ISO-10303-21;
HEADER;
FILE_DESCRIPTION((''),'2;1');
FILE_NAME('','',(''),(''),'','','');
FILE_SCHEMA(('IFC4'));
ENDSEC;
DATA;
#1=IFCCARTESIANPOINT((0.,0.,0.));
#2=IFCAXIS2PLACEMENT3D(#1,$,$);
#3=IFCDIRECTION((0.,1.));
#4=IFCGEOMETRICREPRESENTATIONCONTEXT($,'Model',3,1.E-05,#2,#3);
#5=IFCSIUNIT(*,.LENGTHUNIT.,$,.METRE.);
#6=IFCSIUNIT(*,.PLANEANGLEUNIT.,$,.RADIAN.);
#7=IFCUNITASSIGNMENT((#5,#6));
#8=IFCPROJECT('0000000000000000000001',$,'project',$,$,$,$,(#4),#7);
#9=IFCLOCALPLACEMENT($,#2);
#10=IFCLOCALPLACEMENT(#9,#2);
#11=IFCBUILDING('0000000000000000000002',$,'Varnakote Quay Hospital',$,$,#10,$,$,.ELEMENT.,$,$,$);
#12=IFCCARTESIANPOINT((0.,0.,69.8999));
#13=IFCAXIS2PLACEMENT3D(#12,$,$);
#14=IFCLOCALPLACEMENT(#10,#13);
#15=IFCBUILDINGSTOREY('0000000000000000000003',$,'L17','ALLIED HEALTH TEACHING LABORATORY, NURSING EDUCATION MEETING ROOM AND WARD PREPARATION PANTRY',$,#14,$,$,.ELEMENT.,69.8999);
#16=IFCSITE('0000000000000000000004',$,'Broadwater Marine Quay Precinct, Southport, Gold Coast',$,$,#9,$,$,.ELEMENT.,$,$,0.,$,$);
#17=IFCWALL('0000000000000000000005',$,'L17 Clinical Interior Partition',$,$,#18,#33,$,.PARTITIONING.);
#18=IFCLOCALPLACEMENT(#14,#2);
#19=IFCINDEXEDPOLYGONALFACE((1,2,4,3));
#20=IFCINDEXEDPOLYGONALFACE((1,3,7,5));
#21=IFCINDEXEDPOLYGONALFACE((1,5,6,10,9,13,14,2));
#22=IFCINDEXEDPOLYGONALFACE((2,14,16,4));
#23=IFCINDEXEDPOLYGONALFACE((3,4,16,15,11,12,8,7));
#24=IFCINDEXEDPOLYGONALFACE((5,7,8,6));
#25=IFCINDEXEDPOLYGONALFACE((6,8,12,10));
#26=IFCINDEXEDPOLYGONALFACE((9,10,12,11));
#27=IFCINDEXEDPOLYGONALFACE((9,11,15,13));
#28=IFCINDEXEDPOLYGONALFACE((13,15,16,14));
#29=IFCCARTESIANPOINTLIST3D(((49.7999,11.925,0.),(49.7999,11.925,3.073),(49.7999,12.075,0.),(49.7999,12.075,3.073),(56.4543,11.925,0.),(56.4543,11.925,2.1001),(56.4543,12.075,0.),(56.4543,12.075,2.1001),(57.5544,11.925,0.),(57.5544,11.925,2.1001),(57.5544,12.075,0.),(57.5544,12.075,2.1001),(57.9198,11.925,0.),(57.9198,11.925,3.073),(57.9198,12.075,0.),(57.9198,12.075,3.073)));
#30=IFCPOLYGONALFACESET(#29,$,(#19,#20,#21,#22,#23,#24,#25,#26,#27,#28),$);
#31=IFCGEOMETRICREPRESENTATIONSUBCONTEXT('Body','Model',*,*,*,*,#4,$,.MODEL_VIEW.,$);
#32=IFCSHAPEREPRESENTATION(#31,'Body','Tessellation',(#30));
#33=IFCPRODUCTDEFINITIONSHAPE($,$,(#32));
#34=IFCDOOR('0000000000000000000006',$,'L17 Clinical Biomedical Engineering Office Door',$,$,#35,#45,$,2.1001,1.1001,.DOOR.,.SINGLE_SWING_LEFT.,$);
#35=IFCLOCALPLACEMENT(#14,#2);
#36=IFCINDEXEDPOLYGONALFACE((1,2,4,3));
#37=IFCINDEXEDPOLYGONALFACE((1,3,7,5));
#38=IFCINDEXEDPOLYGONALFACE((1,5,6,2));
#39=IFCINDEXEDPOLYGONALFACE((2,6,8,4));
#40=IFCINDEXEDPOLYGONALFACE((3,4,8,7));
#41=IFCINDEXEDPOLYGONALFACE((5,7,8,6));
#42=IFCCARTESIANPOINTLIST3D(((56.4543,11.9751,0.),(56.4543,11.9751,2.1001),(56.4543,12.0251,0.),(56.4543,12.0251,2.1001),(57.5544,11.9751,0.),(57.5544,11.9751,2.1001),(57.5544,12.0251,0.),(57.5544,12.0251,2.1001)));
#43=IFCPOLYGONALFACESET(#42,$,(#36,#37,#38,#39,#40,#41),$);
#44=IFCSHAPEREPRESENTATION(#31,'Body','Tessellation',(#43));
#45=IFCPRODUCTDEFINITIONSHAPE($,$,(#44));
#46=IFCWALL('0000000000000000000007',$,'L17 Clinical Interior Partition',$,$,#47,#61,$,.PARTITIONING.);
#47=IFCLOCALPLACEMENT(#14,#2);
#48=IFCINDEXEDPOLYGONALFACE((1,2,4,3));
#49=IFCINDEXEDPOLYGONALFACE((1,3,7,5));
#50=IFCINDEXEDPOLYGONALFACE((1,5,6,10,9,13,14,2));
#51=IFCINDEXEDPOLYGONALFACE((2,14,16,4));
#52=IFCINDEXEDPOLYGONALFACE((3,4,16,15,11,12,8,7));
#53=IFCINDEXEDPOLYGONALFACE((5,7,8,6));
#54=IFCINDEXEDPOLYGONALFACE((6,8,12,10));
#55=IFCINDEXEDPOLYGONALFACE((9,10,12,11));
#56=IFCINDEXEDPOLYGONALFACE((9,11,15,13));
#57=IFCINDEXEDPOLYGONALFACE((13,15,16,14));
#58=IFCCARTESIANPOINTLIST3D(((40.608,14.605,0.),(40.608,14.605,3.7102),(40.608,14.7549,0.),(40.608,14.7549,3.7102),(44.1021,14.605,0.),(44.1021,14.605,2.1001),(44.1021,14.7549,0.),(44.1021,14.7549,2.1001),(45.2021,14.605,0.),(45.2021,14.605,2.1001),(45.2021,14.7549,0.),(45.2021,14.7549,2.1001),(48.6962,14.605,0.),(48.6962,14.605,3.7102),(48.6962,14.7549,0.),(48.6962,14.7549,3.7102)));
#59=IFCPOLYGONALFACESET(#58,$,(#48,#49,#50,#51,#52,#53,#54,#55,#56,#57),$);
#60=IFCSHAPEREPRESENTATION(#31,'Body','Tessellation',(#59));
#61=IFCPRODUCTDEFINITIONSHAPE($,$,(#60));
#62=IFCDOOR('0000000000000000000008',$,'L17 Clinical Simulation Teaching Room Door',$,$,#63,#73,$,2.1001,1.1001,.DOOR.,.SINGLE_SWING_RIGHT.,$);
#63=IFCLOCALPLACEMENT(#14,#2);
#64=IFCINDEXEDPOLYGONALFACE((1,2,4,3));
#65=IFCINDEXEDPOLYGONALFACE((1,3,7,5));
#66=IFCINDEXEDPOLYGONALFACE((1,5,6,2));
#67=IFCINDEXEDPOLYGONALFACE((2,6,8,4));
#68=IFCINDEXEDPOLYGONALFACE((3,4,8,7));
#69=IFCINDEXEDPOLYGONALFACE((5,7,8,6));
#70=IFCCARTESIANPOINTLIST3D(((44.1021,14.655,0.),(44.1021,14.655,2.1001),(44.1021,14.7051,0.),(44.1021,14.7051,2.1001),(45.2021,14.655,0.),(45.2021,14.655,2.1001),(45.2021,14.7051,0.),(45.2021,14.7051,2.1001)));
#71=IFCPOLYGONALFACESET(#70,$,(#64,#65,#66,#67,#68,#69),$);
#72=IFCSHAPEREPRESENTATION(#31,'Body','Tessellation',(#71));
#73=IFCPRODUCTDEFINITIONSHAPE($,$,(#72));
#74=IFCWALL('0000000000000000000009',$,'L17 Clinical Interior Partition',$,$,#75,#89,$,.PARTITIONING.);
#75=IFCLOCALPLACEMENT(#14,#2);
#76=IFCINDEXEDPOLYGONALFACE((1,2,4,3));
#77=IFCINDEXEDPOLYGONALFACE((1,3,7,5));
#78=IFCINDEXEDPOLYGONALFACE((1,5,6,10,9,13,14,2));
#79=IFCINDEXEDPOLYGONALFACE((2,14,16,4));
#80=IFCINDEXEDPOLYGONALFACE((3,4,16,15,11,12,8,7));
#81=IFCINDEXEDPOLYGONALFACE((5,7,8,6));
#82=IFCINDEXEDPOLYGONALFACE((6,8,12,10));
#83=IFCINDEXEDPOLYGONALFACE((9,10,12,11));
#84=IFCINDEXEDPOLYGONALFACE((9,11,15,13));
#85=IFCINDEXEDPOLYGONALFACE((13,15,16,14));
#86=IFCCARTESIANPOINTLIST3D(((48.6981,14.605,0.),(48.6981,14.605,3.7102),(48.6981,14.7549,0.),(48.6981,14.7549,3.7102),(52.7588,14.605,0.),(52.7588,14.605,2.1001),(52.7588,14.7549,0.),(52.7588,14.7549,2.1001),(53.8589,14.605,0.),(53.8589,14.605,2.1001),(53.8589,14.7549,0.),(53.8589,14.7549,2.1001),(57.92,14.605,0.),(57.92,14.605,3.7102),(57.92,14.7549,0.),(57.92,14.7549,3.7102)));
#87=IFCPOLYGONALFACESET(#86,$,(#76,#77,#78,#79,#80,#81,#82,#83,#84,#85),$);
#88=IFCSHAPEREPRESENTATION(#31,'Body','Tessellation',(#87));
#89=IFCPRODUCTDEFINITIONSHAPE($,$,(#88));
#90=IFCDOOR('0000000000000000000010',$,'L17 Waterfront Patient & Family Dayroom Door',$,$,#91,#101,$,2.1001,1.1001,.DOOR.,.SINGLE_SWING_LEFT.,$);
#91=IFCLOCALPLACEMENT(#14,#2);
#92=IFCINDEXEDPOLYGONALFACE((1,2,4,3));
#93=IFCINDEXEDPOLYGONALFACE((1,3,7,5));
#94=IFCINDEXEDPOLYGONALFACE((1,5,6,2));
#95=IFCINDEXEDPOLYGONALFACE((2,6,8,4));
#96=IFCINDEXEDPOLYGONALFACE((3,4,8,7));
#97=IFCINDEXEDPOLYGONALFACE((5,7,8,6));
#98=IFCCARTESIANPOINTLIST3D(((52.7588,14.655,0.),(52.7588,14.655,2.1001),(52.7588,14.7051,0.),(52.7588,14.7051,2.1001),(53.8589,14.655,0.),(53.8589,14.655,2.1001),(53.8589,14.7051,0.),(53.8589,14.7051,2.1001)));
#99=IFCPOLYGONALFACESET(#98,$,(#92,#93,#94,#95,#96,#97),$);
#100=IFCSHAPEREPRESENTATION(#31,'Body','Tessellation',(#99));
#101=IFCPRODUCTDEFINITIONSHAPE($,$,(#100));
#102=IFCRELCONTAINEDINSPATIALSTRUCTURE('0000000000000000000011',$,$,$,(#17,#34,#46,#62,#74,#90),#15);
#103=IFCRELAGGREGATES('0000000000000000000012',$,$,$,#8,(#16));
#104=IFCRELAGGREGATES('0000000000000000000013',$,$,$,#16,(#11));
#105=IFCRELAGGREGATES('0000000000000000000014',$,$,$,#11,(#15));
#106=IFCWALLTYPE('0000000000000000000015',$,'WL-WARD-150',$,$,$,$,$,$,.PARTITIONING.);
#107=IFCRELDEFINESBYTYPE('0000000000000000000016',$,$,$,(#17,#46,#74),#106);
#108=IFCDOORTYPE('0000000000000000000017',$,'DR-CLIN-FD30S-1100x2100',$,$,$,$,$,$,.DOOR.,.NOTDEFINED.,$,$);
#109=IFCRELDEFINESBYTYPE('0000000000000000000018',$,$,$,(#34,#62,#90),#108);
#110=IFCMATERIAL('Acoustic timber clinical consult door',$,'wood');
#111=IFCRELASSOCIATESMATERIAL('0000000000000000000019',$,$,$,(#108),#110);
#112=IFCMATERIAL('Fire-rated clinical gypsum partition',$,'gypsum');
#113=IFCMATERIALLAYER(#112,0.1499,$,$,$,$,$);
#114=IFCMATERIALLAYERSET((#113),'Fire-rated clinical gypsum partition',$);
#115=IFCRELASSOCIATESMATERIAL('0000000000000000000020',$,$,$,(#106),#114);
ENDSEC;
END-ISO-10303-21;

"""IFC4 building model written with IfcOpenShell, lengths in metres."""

from ifc_helpers import new_model, si_unit, direction, frame, frame_2d, origin, place, context, subcontext, project, spatial, rectangle, extrude, material, layer, layer_set, type_object, element, fill, save


model = new_model("IFC4")

# Units and contexts
model_context = context("Model", 3, precision=1e-05, world=origin(), true_north=direction((0.0, 1.0)))
body_context = subcontext(model_context, "Body", "Model", "MODEL_VIEW")
ifc_project = project(units=[si_unit("LENGTHUNIT", "METRE"), si_unit("PLANEANGLEUNIT", "RADIAN")], contexts=[model_context])

# Site, building, storey
site_placement = place(None, origin())
site = spatial("IfcSite", under=ifc_project, at=site_placement, Name="Broadwater Marine Quay Precinct, Southport, Gold Coast", CompositionType="ELEMENT", RefElevation=0.0)
building_placement = place(site_placement, origin())
building = spatial("IfcBuilding", under=site, at=building_placement, Name="Varnakote Quay Hospital", CompositionType="ELEMENT")
storey_placement = place(building_placement, frame((0.0, 0.0, 69.8999)))
storey = spatial("IfcBuildingStorey", under=building, at=storey_placement, Name="L17", Description="ALLIED HEALTH TEACHING LABORATORY, NURSING EDUCATION MEETING ROOM AND WARD PREPARATION PANTRY", CompositionType="ELEMENT", Elevation=69.8999)

# Walls, openings, doors
ifc_material_1 = material(Name="Acoustic timber clinical consult door", Category="wood")
door_type_1 = type_object("IfcDoorType", Name="DR-CLIN-FD30S-1100x2100", OperationType="NOTDEFINED", PredefinedType="DOOR", material=ifc_material_1)
ifc_material_2 = material(Name="Fire-rated clinical gypsum partition", Category="gypsum")
ifc_layer_1 = layer(ifc_material_2, 0.1499)
ifc_layer_set_1 = layer_set([ifc_layer_1], Name="Fire-rated clinical gypsum partition")
wall_type_1 = type_object("IfcWallType", Name="WL-WARD-150", PredefinedType="PARTITIONING", material=ifc_layer_set_1)
wall_1_placement = place(storey_placement, frame((57.9199, 12.0, 0.0), z_axis=(0.0, 0.0, 1.0), x_axis=(-1.0, 0.0, 0.0)))
wall_1 = element("IfcWall", 1, at=wall_1_placement, inside=storey, type_object=wall_type_1, Name="L17 Clinical Interior Partition", PredefinedType="PARTITIONING", context=body_context, shape_type="SweptSolid", body=[
    extrude(rectangle(XDim=8.1199, YDim=0.1499, at=frame_2d((4.0601, 0.0))), origin(), (0.0, 0.0, 1.0), 3.073),
])
opening_1_placement = place(wall_1_placement, frame((0.3655, 0.0, 0.0)))
opening_1 = element("IfcOpeningElement", 2, at=opening_1_placement, cuts=wall_1, PredefinedType="OPENING", context=body_context, shape_type="SweptSolid", body=[
    extrude(rectangle(XDim=1.1001, YDim=2.1001, at=frame_2d((0.55, 1.05))), frame((0.0, 0.085, 0.0), z_axis=(0.0, -1.0, 0.0), x_axis=(1.0, 0.0, 0.0)), (0.0, 0.0, 1.0), 0.1699),
])
door_1_placement = place(opening_1_placement, origin())
door_1 = element("IfcDoor", 3, at=door_1_placement, inside=storey, type_object=door_type_1, Name="L17 Clinical Biomedical Engineering Office Door", OperationType="SINGLE_SWING_LEFT", OverallHeight=2.1001, OverallWidth=1.1001, PredefinedType="DOOR", context=body_context, shape_type="SweptSolid", body=[
    extrude(rectangle(XDim=1.1001, YDim=2.1001, at=frame_2d((0.55, 1.05))), frame((0.0, 0.0249, 0.0), z_axis=(0.0, -1.0, 0.0), x_axis=(1.0, 0.0, 0.0)), (0.0, 0.0, 1.0), 0.05),
])
fill(opening_1, door_1)
wall_2_placement = place(storey_placement, frame((48.696, 14.6799, 0.0), z_axis=(0.0, 0.0, 1.0), x_axis=(-1.0, 0.0, 0.0)))
wall_2 = element("IfcWall", 4, at=wall_2_placement, inside=storey, type_object=wall_type_1, Name="L17 Clinical Interior Partition", PredefinedType="PARTITIONING", context=body_context, shape_type="SweptSolid", body=[
    extrude(rectangle(XDim=8.0881, YDim=0.1499, at=frame_2d((4.0439, 0.0))), origin(), (0.0, 0.0, 1.0), 3.7102),
])
opening_2_placement = place(wall_2_placement, frame((3.4939, 0.0, 0.0)))
opening_2 = element("IfcOpeningElement", 5, at=opening_2_placement, cuts=wall_2, PredefinedType="OPENING", context=body_context, shape_type="SweptSolid", body=[
    extrude(rectangle(XDim=1.1001, YDim=2.1001, at=frame_2d((0.55, 1.05))), frame((0.0, 0.085, 0.0), z_axis=(0.0, -1.0, 0.0), x_axis=(1.0, 0.0, 0.0)), (0.0, 0.0, 1.0), 0.1699),
])
door_2_placement = place(opening_2_placement, origin())
door_2 = element("IfcDoor", 6, at=door_2_placement, inside=storey, type_object=door_type_1, Name="L17 Clinical Simulation Teaching Room Door", OperationType="SINGLE_SWING_RIGHT", OverallHeight=2.1001, OverallWidth=1.1001, PredefinedType="DOOR", context=body_context, shape_type="SweptSolid", body=[
    extrude(rectangle(XDim=1.1001, YDim=2.1001, at=frame_2d((0.55, 1.05))), frame((0.0, 0.0249, 0.0), z_axis=(0.0, -1.0, 0.0), x_axis=(1.0, 0.0, 0.0)), (0.0, 0.0, 1.0), 0.05),
])
fill(opening_2, door_2)
wall_3_placement = place(storey_placement, frame((57.9199, 14.6799, 0.0), z_axis=(0.0, 0.0, 1.0), x_axis=(-1.0, 0.0, 0.0)))
wall_3 = element("IfcWall", 7, at=wall_3_placement, inside=storey, type_object=wall_type_1, Name="L17 Clinical Interior Partition", PredefinedType="PARTITIONING", context=body_context, shape_type="SweptSolid", body=[
    extrude(rectangle(XDim=9.2219, YDim=0.1499, at=frame_2d((4.6108, 0.0))), origin(), (0.0, 0.0, 1.0), 3.7102),
])
opening_3_placement = place(wall_3_placement, frame((4.061, 0.0, 0.0)))
opening_3 = element("IfcOpeningElement", 8, at=opening_3_placement, cuts=wall_3, PredefinedType="OPENING", context=body_context, shape_type="SweptSolid", body=[
    extrude(rectangle(XDim=1.1001, YDim=2.1001, at=frame_2d((0.55, 1.05))), frame((0.0, 0.085, 0.0), z_axis=(0.0, -1.0, 0.0), x_axis=(1.0, 0.0, 0.0)), (0.0, 0.0, 1.0), 0.1699),
])
door_3_placement = place(opening_3_placement, origin())
door_3 = element("IfcDoor", 9, at=door_3_placement, inside=storey, type_object=door_type_1, Name="L17 Waterfront Patient & Family Dayroom Door", OperationType="SINGLE_SWING_LEFT", OverallHeight=2.1001, OverallWidth=1.1001, PredefinedType="DOOR", context=body_context, shape_type="SweptSolid", body=[
    extrude(rectangle(XDim=1.1001, YDim=2.1001, at=frame_2d((0.55, 1.05))), frame((0.0, 0.0249, 0.0), z_axis=(0.0, -1.0, 0.0), x_axis=(1.0, 0.0, 0.0)), (0.0, 0.0, 1.0), 0.05),
])
fill(opening_3, door_3)

save(model, "model.ifc")
